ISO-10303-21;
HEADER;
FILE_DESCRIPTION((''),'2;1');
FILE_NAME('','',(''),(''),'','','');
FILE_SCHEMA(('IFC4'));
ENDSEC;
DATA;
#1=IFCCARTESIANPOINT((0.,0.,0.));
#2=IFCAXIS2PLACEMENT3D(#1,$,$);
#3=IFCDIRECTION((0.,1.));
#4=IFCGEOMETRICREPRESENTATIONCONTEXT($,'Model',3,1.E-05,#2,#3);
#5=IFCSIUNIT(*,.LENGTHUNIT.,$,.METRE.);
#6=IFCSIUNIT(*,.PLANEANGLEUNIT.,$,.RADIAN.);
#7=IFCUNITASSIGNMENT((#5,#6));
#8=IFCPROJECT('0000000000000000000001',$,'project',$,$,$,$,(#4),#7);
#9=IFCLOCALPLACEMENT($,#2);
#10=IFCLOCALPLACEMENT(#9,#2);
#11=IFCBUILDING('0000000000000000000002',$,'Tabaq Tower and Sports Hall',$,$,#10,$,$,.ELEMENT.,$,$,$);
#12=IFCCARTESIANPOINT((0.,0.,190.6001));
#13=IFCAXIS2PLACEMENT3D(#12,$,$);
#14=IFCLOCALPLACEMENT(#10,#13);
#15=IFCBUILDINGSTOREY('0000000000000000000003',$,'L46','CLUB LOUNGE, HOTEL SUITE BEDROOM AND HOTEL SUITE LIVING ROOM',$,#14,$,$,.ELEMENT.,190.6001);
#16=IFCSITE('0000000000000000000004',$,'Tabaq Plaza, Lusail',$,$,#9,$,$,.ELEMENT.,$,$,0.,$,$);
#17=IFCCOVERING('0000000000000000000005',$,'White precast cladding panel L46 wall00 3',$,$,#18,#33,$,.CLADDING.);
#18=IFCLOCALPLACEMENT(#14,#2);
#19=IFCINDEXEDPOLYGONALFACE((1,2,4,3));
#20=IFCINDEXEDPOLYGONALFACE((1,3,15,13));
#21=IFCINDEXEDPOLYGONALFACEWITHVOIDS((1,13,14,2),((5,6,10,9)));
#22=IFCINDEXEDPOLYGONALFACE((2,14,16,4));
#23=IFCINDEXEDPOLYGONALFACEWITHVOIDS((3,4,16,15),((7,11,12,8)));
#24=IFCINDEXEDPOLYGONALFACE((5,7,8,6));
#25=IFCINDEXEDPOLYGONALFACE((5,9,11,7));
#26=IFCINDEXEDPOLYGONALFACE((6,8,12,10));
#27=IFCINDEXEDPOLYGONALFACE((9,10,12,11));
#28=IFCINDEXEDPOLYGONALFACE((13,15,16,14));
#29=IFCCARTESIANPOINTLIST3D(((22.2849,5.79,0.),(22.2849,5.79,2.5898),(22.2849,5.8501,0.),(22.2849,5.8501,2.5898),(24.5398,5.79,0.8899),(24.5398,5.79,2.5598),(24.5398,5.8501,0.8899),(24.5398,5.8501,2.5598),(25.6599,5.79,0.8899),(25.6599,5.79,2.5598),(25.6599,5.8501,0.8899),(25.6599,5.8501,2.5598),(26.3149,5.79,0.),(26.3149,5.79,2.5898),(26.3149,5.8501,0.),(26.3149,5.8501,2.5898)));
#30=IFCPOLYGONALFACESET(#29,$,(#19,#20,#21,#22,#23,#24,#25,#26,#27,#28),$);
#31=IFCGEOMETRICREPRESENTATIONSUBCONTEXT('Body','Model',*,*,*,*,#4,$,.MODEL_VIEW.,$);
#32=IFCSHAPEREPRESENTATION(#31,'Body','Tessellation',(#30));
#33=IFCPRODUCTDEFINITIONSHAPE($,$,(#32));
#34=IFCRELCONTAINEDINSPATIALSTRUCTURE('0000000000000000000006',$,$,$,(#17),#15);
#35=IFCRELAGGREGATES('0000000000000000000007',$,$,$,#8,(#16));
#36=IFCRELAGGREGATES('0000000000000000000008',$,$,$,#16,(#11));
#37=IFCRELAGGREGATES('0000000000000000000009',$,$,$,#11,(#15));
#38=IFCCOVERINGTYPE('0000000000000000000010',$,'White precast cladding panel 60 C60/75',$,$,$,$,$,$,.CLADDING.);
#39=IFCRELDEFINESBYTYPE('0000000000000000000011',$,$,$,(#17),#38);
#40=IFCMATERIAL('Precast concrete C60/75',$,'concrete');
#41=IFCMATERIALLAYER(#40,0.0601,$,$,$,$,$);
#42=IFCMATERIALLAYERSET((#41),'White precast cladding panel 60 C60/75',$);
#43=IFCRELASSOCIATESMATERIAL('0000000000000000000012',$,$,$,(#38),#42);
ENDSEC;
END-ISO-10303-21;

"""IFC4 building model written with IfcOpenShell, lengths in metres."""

from ifc_helpers import new_model, si_unit, direction, frame, origin, place, context, subcontext, project, spatial, polyline, outline, extrude, material, layer, layer_set, type_object, element, save


model = new_model("IFC4")

# Units and contexts
model_context = context("Model", 3, precision=1e-05, world=origin(), true_north=direction((0.0, 1.0)))
body_context = subcontext(model_context, "Body", "Model", "MODEL_VIEW")
ifc_project = project(units=[si_unit("LENGTHUNIT", "METRE"), si_unit("PLANEANGLEUNIT", "RADIAN")], contexts=[model_context])

# Site, building, storey
site_placement = place(None, origin())
site = spatial("IfcSite", under=ifc_project, at=site_placement, Name="Tabaq Plaza, Lusail", CompositionType="ELEMENT", RefElevation=0.0)
building_placement = place(site_placement, origin())
building = spatial("IfcBuilding", under=site, at=building_placement, Name="Tabaq Tower and Sports Hall", CompositionType="ELEMENT")
storey_placement = place(building_placement, frame((0.0, 0.0, 190.6001)))
storey = spatial("IfcBuildingStorey", under=building, at=storey_placement, Name="L46", Description="CLUB LOUNGE, HOTEL SUITE BEDROOM AND HOTEL SUITE LIVING ROOM", CompositionType="ELEMENT", Elevation=190.6001)

# Covering
ifc_material_1 = material(Name="Precast concrete C60/75", Category="concrete")
ifc_layer_1 = layer(ifc_material_1, 0.0601)
ifc_layer_set_1 = layer_set([ifc_layer_1], Name="White precast cladding panel 60 C60/75")
covering_type = type_object("IfcCoveringType", Name="White precast cladding panel 60 C60/75", PredefinedType="CLADDING", material=ifc_layer_set_1)
covering_1_placement = place(storey_placement, frame((22.2849, 5.8201, 0.0), z_axis=(0.0, 0.0, 1.0), x_axis=(1.0, 0.0, 0.0)))
element("IfcCovering", 1, at=covering_1_placement, inside=storey, type_object=covering_type, Name="White precast cladding panel L46 wall00 3", PredefinedType="CLADDING", context=body_context, shape_type="SweptSolid", body=[
    extrude(outline(polyline([(0.0, 0.0), (4.03, 0.0), (4.03, 2.5898), (0.0, 2.5898), (0.0, 0.0)]), holes=[polyline([(3.375, 0.8899), (2.2549, 0.8899), (2.2549, 2.5598), (3.375, 2.5598), (3.375, 0.8899)])]), frame((0.0, 0.03, 0.0), z_axis=(0.0, -1.0, 0.0), x_axis=(1.0, 0.0, 0.0)), (0.0, 0.0, 1.0), 0.0601),
])

save(model, "model.ifc")
